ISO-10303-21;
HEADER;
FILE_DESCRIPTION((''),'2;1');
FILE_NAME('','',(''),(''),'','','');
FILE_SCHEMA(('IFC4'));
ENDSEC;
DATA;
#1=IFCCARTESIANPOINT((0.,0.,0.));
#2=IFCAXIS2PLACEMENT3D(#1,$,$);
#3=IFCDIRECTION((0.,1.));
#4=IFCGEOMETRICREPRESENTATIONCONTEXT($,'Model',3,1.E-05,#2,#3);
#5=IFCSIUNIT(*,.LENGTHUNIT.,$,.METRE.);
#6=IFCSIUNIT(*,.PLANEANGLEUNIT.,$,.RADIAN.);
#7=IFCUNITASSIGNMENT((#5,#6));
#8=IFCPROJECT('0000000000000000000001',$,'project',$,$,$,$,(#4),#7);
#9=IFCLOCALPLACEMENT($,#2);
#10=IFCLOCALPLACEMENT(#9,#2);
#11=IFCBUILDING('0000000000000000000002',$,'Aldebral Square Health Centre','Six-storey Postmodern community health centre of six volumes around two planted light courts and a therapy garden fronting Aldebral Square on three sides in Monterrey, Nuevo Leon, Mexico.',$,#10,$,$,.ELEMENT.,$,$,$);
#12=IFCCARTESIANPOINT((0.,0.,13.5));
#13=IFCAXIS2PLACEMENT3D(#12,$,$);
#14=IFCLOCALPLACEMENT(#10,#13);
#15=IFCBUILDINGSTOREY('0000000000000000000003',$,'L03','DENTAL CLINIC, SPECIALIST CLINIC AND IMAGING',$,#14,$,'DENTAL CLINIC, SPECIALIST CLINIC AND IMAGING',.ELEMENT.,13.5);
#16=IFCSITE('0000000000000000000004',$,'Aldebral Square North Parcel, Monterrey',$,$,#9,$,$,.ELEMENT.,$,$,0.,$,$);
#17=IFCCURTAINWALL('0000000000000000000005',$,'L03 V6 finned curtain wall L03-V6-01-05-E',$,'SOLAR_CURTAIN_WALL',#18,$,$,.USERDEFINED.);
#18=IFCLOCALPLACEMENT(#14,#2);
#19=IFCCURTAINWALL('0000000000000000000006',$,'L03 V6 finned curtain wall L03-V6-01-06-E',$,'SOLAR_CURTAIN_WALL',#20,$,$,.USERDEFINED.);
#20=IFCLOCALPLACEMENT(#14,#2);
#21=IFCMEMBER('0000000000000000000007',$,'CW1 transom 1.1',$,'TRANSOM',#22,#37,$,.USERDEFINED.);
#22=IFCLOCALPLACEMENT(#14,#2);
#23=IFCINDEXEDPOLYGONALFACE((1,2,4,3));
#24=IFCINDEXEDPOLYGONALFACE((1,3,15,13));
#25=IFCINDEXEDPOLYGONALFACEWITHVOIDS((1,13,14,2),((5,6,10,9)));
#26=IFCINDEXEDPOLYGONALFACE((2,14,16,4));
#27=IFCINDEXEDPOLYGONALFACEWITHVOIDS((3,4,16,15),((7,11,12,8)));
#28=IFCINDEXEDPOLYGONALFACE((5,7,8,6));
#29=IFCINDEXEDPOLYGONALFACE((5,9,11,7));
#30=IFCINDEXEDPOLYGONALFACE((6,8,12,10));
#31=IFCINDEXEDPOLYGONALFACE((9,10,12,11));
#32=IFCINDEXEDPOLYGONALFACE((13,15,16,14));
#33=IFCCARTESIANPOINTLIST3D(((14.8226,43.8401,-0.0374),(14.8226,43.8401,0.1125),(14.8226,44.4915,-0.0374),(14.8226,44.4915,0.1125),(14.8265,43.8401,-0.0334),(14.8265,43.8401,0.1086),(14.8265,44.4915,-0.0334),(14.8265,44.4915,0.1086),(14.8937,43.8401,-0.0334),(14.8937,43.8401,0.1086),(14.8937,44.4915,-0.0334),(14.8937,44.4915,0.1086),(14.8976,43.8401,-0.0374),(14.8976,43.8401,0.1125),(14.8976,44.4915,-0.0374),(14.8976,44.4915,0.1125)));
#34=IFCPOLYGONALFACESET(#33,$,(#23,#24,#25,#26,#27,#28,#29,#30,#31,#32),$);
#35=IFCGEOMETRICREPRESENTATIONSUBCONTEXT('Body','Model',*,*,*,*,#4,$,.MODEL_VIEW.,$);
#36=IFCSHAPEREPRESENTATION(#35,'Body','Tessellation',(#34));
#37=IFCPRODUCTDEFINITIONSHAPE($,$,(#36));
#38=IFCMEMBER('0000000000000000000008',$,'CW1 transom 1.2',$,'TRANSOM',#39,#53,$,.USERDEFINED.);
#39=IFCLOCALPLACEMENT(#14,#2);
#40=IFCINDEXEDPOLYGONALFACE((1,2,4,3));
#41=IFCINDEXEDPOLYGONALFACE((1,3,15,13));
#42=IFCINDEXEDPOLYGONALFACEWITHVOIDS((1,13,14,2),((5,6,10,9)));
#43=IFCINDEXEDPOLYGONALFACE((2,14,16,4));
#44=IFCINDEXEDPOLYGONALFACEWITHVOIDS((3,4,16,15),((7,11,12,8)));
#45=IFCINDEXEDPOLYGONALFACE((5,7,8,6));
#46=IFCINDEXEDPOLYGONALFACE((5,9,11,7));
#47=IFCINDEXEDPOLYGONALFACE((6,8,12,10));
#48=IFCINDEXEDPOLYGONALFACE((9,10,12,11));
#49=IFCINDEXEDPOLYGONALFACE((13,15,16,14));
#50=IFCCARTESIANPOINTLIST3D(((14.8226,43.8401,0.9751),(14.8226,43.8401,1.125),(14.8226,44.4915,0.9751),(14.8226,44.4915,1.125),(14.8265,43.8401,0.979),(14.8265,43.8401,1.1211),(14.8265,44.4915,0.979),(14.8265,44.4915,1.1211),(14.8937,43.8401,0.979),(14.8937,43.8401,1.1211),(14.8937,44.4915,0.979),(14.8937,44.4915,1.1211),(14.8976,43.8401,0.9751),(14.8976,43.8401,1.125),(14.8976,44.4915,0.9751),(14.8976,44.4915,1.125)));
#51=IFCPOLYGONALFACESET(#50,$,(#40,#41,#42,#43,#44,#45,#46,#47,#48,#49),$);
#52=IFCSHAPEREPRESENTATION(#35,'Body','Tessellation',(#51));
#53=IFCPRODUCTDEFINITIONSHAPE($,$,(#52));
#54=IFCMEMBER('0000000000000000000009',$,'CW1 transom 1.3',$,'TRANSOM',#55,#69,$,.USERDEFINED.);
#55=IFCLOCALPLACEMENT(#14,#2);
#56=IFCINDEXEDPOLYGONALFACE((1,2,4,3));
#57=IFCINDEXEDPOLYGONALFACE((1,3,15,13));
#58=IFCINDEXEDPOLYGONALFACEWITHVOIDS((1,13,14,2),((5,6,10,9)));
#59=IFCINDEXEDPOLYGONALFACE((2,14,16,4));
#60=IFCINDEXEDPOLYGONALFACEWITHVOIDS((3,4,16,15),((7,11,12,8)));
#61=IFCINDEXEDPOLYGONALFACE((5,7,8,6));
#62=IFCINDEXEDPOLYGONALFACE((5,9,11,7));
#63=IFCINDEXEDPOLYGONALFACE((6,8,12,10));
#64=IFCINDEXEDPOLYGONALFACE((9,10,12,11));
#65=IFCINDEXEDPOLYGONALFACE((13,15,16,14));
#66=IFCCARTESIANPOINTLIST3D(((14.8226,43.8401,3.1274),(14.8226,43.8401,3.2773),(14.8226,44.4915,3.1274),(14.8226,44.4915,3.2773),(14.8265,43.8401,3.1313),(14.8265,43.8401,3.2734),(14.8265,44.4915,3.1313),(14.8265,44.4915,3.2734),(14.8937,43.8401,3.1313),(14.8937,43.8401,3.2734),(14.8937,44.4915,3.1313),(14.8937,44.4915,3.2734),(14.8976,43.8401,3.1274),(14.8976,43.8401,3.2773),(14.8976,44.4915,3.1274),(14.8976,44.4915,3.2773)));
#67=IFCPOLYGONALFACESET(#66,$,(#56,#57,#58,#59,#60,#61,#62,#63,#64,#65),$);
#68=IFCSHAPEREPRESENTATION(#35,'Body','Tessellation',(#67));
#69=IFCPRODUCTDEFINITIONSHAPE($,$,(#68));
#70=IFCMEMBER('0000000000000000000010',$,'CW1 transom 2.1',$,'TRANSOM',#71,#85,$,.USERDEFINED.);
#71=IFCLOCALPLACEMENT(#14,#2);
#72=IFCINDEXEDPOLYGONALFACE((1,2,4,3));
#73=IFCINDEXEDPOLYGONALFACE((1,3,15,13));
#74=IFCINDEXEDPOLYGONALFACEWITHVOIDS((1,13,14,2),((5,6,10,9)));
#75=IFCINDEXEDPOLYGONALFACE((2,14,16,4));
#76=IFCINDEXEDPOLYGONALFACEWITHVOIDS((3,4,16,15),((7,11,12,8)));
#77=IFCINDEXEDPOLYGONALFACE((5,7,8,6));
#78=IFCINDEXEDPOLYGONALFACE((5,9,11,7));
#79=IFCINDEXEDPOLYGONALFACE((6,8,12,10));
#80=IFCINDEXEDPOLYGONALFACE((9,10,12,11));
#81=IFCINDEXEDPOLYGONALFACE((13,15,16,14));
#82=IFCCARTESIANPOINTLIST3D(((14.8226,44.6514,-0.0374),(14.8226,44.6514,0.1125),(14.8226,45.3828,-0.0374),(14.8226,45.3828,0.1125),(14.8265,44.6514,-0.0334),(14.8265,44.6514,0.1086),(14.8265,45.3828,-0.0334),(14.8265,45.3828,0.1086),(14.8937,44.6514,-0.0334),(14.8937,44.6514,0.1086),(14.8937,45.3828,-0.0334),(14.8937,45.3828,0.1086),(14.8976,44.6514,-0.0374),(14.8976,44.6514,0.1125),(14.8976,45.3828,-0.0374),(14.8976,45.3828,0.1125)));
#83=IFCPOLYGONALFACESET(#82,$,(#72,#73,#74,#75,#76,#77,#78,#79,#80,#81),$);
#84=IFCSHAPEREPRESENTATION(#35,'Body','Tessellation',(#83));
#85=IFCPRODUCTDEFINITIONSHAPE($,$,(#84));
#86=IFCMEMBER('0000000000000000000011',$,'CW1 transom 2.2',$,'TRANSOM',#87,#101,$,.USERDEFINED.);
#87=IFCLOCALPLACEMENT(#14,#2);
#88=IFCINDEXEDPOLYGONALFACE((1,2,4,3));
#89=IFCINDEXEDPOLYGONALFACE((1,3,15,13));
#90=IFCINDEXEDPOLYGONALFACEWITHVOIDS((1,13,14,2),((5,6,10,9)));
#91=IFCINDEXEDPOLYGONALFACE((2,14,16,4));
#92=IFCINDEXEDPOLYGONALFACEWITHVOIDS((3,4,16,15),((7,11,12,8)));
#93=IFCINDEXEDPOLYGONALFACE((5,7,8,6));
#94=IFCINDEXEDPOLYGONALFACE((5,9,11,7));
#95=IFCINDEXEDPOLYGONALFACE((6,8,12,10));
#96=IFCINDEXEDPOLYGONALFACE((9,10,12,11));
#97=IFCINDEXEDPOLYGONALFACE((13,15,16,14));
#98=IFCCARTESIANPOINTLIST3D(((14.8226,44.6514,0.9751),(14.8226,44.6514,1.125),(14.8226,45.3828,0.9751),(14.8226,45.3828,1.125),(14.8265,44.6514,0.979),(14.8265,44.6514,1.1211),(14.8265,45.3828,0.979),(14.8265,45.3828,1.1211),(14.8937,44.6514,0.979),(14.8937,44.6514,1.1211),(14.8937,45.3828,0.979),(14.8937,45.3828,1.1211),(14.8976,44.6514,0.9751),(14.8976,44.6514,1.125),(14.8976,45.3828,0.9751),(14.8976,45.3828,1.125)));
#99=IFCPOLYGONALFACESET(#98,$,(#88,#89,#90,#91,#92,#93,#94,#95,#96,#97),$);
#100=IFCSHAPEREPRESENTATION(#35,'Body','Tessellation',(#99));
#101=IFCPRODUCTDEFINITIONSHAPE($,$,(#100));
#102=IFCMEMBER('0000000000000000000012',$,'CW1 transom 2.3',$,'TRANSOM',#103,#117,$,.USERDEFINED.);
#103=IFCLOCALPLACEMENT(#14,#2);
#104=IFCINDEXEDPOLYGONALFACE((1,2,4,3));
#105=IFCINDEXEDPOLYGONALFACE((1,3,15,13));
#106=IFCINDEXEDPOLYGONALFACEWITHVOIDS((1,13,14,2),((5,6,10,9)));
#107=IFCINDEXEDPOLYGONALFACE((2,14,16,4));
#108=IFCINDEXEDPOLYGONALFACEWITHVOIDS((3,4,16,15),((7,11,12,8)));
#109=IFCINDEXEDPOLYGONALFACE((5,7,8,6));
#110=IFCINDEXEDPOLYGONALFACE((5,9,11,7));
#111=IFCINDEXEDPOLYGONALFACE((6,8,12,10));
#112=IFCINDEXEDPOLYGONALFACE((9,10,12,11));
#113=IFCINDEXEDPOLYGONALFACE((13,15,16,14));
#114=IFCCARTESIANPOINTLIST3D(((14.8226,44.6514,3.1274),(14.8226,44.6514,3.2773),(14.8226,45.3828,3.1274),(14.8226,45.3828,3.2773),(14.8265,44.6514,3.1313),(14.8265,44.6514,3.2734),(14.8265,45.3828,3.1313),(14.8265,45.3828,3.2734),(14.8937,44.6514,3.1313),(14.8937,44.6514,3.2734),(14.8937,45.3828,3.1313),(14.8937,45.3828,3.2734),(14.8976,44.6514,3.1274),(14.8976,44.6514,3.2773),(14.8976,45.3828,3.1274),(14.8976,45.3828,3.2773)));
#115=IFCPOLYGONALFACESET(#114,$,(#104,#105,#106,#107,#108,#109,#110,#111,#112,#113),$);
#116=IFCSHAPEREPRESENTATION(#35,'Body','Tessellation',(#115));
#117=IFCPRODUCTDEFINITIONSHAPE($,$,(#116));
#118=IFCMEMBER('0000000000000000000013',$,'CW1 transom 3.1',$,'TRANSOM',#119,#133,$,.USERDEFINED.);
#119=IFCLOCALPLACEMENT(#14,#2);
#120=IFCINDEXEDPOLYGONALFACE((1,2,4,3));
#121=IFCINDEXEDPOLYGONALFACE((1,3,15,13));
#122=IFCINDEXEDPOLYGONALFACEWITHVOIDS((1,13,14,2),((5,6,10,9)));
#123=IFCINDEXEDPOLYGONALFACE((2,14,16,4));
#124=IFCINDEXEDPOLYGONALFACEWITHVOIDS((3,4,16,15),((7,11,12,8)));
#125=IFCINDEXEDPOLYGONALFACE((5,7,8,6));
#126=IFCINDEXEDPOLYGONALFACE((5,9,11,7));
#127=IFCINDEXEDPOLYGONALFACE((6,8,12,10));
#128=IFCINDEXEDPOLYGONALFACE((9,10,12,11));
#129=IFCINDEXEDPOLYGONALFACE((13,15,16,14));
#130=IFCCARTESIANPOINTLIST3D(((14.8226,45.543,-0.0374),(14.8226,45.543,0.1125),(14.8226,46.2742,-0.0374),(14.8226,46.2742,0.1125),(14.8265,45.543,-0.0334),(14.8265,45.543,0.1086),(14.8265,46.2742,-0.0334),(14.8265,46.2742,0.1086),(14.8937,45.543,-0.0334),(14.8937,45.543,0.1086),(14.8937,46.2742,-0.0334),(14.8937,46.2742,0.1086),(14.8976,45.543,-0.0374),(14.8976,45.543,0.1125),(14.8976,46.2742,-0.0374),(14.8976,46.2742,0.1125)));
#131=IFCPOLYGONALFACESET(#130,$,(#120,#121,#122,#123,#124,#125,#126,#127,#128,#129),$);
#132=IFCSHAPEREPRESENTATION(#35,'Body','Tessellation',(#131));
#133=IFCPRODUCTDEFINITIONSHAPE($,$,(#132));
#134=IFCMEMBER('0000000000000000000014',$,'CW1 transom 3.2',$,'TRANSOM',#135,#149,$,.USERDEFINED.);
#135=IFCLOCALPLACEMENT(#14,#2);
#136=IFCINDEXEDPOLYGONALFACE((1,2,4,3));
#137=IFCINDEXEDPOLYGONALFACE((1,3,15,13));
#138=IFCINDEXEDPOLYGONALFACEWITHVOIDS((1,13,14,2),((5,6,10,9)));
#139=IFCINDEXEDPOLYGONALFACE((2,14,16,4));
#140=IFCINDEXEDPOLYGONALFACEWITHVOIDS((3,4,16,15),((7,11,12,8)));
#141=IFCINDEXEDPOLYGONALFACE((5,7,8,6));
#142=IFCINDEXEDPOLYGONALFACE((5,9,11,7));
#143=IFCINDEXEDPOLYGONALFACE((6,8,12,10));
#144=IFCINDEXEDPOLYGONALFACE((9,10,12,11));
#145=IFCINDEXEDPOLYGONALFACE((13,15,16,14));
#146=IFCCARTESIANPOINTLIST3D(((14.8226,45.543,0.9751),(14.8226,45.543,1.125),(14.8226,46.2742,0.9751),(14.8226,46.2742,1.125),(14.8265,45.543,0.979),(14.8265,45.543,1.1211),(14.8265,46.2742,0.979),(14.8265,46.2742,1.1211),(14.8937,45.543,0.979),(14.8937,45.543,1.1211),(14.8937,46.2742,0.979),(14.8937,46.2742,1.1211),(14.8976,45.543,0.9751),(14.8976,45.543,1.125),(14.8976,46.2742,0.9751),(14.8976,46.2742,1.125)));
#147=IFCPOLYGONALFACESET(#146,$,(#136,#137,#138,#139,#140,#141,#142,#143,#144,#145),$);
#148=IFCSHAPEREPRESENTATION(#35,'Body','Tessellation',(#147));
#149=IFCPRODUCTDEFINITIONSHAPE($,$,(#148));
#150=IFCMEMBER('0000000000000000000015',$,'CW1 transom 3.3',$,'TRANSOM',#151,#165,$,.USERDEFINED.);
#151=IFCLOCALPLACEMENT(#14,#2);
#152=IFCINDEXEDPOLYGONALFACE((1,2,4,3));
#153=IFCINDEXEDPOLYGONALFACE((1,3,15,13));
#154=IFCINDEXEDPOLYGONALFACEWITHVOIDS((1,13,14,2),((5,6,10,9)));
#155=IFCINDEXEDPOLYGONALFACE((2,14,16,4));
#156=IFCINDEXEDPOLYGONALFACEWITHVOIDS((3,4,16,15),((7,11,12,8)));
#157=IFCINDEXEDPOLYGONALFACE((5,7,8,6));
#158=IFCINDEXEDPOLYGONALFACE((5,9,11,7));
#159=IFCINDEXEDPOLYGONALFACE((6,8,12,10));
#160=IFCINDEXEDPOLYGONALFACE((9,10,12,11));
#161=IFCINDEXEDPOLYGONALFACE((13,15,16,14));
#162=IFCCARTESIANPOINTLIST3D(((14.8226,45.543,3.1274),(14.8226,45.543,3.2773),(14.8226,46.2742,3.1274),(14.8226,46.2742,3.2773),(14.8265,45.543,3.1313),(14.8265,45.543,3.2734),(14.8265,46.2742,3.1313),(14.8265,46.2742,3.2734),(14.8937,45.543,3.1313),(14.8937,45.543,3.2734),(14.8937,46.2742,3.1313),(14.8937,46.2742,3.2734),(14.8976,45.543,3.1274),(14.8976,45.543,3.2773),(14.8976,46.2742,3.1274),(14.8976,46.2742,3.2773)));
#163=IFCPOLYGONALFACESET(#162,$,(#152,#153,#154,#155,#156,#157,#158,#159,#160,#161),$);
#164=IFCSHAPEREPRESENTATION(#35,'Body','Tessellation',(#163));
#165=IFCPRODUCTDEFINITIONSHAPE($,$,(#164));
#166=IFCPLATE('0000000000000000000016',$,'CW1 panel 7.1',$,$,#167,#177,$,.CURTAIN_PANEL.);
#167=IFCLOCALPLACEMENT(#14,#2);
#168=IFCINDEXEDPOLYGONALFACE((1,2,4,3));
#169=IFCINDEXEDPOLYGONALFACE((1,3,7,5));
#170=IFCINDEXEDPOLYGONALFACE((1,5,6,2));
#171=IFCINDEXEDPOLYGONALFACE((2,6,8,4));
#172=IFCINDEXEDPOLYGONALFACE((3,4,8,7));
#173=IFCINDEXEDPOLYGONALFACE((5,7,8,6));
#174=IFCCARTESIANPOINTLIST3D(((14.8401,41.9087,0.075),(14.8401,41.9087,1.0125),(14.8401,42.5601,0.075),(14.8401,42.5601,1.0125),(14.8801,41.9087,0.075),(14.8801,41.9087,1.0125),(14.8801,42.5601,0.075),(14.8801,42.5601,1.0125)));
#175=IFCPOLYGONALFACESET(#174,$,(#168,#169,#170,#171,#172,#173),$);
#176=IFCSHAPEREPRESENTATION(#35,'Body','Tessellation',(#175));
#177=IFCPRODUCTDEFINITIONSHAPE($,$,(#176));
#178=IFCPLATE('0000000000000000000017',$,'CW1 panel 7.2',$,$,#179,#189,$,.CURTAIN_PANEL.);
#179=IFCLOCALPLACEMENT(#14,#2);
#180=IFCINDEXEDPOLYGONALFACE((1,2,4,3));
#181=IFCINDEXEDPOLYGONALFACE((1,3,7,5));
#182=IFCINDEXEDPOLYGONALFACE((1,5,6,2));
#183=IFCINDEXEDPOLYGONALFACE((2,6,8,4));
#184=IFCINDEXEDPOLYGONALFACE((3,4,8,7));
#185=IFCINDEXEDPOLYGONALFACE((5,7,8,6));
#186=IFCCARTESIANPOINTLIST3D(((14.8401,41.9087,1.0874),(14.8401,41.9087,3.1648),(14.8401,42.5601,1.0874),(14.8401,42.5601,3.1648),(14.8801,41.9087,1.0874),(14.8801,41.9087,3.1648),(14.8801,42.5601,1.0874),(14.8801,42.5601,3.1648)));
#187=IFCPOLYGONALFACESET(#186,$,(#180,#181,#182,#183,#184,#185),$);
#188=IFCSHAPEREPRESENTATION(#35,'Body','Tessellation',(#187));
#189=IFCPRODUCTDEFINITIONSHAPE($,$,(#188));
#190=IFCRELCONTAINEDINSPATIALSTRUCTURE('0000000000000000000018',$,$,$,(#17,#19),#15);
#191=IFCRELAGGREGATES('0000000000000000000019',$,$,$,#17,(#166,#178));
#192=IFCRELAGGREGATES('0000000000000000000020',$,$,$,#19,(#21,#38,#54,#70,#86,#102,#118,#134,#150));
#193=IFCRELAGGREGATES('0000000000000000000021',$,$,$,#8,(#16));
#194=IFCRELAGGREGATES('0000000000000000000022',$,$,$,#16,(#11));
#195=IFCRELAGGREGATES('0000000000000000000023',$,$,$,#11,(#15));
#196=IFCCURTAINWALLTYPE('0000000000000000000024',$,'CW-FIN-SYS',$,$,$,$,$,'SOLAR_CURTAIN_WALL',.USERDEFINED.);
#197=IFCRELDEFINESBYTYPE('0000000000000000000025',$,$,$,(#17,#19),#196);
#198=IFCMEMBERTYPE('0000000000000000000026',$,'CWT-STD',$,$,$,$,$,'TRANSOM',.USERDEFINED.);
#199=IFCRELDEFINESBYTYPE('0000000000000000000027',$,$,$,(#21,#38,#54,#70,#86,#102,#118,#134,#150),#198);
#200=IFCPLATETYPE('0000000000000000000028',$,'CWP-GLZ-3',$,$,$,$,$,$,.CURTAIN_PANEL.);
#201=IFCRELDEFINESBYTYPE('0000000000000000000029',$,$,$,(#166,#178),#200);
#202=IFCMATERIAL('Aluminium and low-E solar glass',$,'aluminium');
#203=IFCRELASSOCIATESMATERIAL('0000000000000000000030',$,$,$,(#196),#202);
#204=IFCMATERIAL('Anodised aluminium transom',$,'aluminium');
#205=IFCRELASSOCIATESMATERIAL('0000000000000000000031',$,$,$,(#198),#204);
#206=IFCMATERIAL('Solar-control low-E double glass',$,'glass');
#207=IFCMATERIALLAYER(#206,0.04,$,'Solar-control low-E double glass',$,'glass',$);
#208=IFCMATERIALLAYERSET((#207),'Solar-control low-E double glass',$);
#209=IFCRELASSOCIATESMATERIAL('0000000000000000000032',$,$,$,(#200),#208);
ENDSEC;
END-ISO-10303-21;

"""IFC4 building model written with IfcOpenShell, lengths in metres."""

from ifc_helpers import new_model, si_unit, direction, frame, origin, origin_2d, place, context, subcontext, project, spatial, rectangle, hollow_rectangle, extrude, material, layer, layer_set, material_profile, profile_set, type_object, element, aggregate, save


model = new_model("IFC4")

# Units and contexts
model_context = context("Model", 3, precision=1e-05, world=origin(), true_north=direction((0.0, 1.0)))
body_context = subcontext(model_context, "Body", "Model", "MODEL_VIEW")
ifc_project = project(units=[si_unit("LENGTHUNIT", "METRE"), si_unit("PLANEANGLEUNIT", "RADIAN")], contexts=[model_context])

# Site, building, storey
site_placement = place(None, origin())
site = spatial("IfcSite", under=ifc_project, at=site_placement, Name="Aldebral Square North Parcel, Monterrey", CompositionType="ELEMENT", RefElevation=0.0)
building_placement = place(site_placement, origin())
building = spatial("IfcBuilding", under=site, at=building_placement, Name="Aldebral Square Health Centre", Description="Six-storey Postmodern community health centre of six volumes around two planted light courts and a therapy garden fronting Aldebral Square on three sides in Monterrey, Nuevo Leon, Mexico.", CompositionType="ELEMENT")
storey_placement = place(building_placement, frame((0.0, 0.0, 13.5)))
storey = spatial("IfcBuildingStorey", under=building, at=storey_placement, Name="L03", Description="DENTAL CLINIC, SPECIALIST CLINIC AND IMAGING", LongName="DENTAL CLINIC, SPECIALIST CLINIC AND IMAGING", CompositionType="ELEMENT", Elevation=13.5)

# Curtain walls
ifc_material_1 = material(Name="Aluminium and low-E solar glass", Category="aluminium")
curtain_wall_type = type_object("IfcCurtainWallType", Name="CW-FIN-SYS", ElementType="SOLAR_CURTAIN_WALL", PredefinedType="USERDEFINED", material=ifc_material_1)
curtain_wall_1_placement = place(storey_placement, origin())
curtain_wall_1 = element("IfcCurtainWall", 1, at=curtain_wall_1_placement, inside=storey, type_object=curtain_wall_type, Name="L03 V6 finned curtain wall L03-V6-01-05-E", ObjectType="SOLAR_CURTAIN_WALL", PredefinedType="USERDEFINED")
curtain_wall_2_placement = place(storey_placement, origin())
curtain_wall_2 = element("IfcCurtainWall", 2, at=curtain_wall_2_placement, inside=storey, type_object=curtain_wall_type, Name="L03 V6 finned curtain wall L03-V6-01-06-E", ObjectType="SOLAR_CURTAIN_WALL", PredefinedType="USERDEFINED")

# Members
ifc_material_2 = material(Name="Anodised aluminium transom", Category="aluminium")
ifc_material_profile_1 = material_profile(ifc_material_2, hollow_rectangle(XDim=0.075, YDim=0.1499, WallThickness=0.0039, at=origin_2d()), Name="CWT 75x150x4")
ifc_profile_set_1 = profile_set([ifc_material_profile_1], Name="Anodised aluminium transom")
member_type_1 = type_object("IfcMemberType", Name="CWT-STD", ElementType="TRANSOM", PredefinedType="USERDEFINED", material=ifc_profile_set_1)
member_1_placement = place(storey_placement, frame((14.8601, 43.8401, 0.0376), z_axis=(0.0, 1.0, 0.0), x_axis=(-1.0, 0.0, 0.0)))
member_1 = element("IfcMember", 3, at=member_1_placement, type_object=member_type_1, Name="CW1 transom 1.1", ObjectType="TRANSOM", PredefinedType="USERDEFINED", context=body_context, shape_type="SweptSolid", body=[
    extrude(hollow_rectangle(XDim=0.075, YDim=0.1499, WallThickness=0.0039, at=origin_2d()), origin(), (0.0, 0.0, 1.0), 0.6514),
])
member_2_placement = place(storey_placement, frame((14.8601, 43.8401, 1.05), z_axis=(0.0, 1.0, 0.0), x_axis=(-1.0, 0.0, 0.0)))
member_2 = element("IfcMember", 4, at=member_2_placement, type_object=member_type_1, Name="CW1 transom 1.2", ObjectType="TRANSOM", PredefinedType="USERDEFINED", context=body_context, shape_type="SweptSolid", body=[
    extrude(hollow_rectangle(XDim=0.075, YDim=0.1499, WallThickness=0.0039, at=origin_2d()), origin(), (0.0, 0.0, 1.0), 0.6514),
])
member_3_placement = place(storey_placement, frame((14.8601, 43.8401, 3.2024), z_axis=(0.0, 1.0, 0.0), x_axis=(-1.0, 0.0, 0.0)))
member_3 = element("IfcMember", 5, at=member_3_placement, type_object=member_type_1, Name="CW1 transom 1.3", ObjectType="TRANSOM", PredefinedType="USERDEFINED", context=body_context, shape_type="SweptSolid", body=[
    extrude(hollow_rectangle(XDim=0.075, YDim=0.1499, WallThickness=0.0039, at=origin_2d()), origin(), (0.0, 0.0, 1.0), 0.6514),
])
member_4_placement = place(storey_placement, frame((14.8601, 44.6514, 0.0376), z_axis=(0.0, 1.0, 0.0), x_axis=(-1.0, 0.0, 0.0)))
member_4 = element("IfcMember", 6, at=member_4_placement, type_object=member_type_1, Name="CW1 transom 2.1", ObjectType="TRANSOM", PredefinedType="USERDEFINED", context=body_context, shape_type="SweptSolid", body=[
    extrude(hollow_rectangle(XDim=0.075, YDim=0.1499, WallThickness=0.0039, at=origin_2d()), origin(), (0.0, 0.0, 1.0), 0.7314),
])
member_5_placement = place(storey_placement, frame((14.8601, 44.6514, 1.05), z_axis=(0.0, 1.0, 0.0), x_axis=(-1.0, 0.0, 0.0)))
member_5 = element("IfcMember", 7, at=member_5_placement, type_object=member_type_1, Name="CW1 transom 2.2", ObjectType="TRANSOM", PredefinedType="USERDEFINED", context=body_context, shape_type="SweptSolid", body=[
    extrude(hollow_rectangle(XDim=0.075, YDim=0.1499, WallThickness=0.0039, at=origin_2d()), origin(), (0.0, 0.0, 1.0), 0.7314),
])
member_6_placement = place(storey_placement, frame((14.8601, 44.6514, 3.2024), z_axis=(0.0, 1.0, 0.0), x_axis=(-1.0, 0.0, 0.0)))
member_6 = element("IfcMember", 8, at=member_6_placement, type_object=member_type_1, Name="CW1 transom 2.3", ObjectType="TRANSOM", PredefinedType="USERDEFINED", context=body_context, shape_type="SweptSolid", body=[
    extrude(hollow_rectangle(XDim=0.075, YDim=0.1499, WallThickness=0.0039, at=origin_2d()), origin(), (0.0, 0.0, 1.0), 0.7314),
])
member_7_placement = place(storey_placement, frame((14.8601, 45.543, 0.0376), z_axis=(0.0, 1.0, 0.0), x_axis=(-1.0, 0.0, 0.0)))
member_7 = element("IfcMember", 9, at=member_7_placement, type_object=member_type_1, Name="CW1 transom 3.1", ObjectType="TRANSOM", PredefinedType="USERDEFINED", context=body_context, shape_type="SweptSolid", body=[
    extrude(hollow_rectangle(XDim=0.075, YDim=0.1499, WallThickness=0.0039, at=origin_2d()), origin(), (0.0, 0.0, 1.0), 0.7312),
])
member_8_placement = place(storey_placement, frame((14.8601, 45.543, 1.05), z_axis=(0.0, 1.0, 0.0), x_axis=(-1.0, 0.0, 0.0)))
member_8 = element("IfcMember", 10, at=member_8_placement, type_object=member_type_1, Name="CW1 transom 3.2", ObjectType="TRANSOM", PredefinedType="USERDEFINED", context=body_context, shape_type="SweptSolid", body=[
    extrude(hollow_rectangle(XDim=0.075, YDim=0.1499, WallThickness=0.0039, at=origin_2d()), origin(), (0.0, 0.0, 1.0), 0.7312),
])
member_9_placement = place(storey_placement, frame((14.8601, 45.543, 3.2024), z_axis=(0.0, 1.0, 0.0), x_axis=(-1.0, 0.0, 0.0)))
member_9 = element("IfcMember", 11, at=member_9_placement, type_object=member_type_1, Name="CW1 transom 3.3", ObjectType="TRANSOM", PredefinedType="USERDEFINED", context=body_context, shape_type="SweptSolid", body=[
    extrude(hollow_rectangle(XDim=0.075, YDim=0.1499, WallThickness=0.0039, at=origin_2d()), origin(), (0.0, 0.0, 1.0), 0.7312),
])

# Plates
ifc_material_3 = material(Name="Solar-control low-E double glass", Category="glass")
ifc_layer_1 = layer(ifc_material_3, 0.04, Name="Solar-control low-E double glass", Category="glass")
ifc_layer_set_1 = layer_set([ifc_layer_1], Name="Solar-control low-E double glass")
plate_type_1 = type_object("IfcPlateType", Name="CWP-GLZ-3", PredefinedType="CURTAIN_PANEL", material=ifc_layer_set_1)
plate_1_placement = place(storey_placement, frame((14.8601, 42.2344, 0.075), z_axis=(0.0, 0.0, 1.0), x_axis=(0.0, 1.0, 0.0)))
plate_1 = element("IfcPlate", 12, at=plate_1_placement, type_object=plate_type_1, Name="CW1 panel 7.1", PredefinedType="CURTAIN_PANEL", context=body_context, shape_type="SweptSolid", body=[
    extrude(rectangle(XDim=0.6514, YDim=0.04, at=origin_2d()), origin(), (0.0, 0.0, 1.0), 0.9375),
])
plate_2_placement = place(storey_placement, frame((14.8601, 42.2344, 1.0874), z_axis=(0.0, 0.0, 1.0), x_axis=(0.0, 1.0, 0.0)))
plate_2 = element("IfcPlate", 13, at=plate_2_placement, type_object=plate_type_1, Name="CW1 panel 7.2", PredefinedType="CURTAIN_PANEL", context=body_context, shape_type="SweptSolid", body=[
    extrude(rectangle(XDim=0.6514, YDim=0.04, at=origin_2d()), origin(), (0.0, 0.0, 1.0), 2.0774),
])
aggregate(curtain_wall_1, [plate_1, plate_2])
aggregate(curtain_wall_2, [member_1, member_2, member_3, member_4, member_5, member_6, member_7, member_8, member_9])

save(model, "model.ifc")
